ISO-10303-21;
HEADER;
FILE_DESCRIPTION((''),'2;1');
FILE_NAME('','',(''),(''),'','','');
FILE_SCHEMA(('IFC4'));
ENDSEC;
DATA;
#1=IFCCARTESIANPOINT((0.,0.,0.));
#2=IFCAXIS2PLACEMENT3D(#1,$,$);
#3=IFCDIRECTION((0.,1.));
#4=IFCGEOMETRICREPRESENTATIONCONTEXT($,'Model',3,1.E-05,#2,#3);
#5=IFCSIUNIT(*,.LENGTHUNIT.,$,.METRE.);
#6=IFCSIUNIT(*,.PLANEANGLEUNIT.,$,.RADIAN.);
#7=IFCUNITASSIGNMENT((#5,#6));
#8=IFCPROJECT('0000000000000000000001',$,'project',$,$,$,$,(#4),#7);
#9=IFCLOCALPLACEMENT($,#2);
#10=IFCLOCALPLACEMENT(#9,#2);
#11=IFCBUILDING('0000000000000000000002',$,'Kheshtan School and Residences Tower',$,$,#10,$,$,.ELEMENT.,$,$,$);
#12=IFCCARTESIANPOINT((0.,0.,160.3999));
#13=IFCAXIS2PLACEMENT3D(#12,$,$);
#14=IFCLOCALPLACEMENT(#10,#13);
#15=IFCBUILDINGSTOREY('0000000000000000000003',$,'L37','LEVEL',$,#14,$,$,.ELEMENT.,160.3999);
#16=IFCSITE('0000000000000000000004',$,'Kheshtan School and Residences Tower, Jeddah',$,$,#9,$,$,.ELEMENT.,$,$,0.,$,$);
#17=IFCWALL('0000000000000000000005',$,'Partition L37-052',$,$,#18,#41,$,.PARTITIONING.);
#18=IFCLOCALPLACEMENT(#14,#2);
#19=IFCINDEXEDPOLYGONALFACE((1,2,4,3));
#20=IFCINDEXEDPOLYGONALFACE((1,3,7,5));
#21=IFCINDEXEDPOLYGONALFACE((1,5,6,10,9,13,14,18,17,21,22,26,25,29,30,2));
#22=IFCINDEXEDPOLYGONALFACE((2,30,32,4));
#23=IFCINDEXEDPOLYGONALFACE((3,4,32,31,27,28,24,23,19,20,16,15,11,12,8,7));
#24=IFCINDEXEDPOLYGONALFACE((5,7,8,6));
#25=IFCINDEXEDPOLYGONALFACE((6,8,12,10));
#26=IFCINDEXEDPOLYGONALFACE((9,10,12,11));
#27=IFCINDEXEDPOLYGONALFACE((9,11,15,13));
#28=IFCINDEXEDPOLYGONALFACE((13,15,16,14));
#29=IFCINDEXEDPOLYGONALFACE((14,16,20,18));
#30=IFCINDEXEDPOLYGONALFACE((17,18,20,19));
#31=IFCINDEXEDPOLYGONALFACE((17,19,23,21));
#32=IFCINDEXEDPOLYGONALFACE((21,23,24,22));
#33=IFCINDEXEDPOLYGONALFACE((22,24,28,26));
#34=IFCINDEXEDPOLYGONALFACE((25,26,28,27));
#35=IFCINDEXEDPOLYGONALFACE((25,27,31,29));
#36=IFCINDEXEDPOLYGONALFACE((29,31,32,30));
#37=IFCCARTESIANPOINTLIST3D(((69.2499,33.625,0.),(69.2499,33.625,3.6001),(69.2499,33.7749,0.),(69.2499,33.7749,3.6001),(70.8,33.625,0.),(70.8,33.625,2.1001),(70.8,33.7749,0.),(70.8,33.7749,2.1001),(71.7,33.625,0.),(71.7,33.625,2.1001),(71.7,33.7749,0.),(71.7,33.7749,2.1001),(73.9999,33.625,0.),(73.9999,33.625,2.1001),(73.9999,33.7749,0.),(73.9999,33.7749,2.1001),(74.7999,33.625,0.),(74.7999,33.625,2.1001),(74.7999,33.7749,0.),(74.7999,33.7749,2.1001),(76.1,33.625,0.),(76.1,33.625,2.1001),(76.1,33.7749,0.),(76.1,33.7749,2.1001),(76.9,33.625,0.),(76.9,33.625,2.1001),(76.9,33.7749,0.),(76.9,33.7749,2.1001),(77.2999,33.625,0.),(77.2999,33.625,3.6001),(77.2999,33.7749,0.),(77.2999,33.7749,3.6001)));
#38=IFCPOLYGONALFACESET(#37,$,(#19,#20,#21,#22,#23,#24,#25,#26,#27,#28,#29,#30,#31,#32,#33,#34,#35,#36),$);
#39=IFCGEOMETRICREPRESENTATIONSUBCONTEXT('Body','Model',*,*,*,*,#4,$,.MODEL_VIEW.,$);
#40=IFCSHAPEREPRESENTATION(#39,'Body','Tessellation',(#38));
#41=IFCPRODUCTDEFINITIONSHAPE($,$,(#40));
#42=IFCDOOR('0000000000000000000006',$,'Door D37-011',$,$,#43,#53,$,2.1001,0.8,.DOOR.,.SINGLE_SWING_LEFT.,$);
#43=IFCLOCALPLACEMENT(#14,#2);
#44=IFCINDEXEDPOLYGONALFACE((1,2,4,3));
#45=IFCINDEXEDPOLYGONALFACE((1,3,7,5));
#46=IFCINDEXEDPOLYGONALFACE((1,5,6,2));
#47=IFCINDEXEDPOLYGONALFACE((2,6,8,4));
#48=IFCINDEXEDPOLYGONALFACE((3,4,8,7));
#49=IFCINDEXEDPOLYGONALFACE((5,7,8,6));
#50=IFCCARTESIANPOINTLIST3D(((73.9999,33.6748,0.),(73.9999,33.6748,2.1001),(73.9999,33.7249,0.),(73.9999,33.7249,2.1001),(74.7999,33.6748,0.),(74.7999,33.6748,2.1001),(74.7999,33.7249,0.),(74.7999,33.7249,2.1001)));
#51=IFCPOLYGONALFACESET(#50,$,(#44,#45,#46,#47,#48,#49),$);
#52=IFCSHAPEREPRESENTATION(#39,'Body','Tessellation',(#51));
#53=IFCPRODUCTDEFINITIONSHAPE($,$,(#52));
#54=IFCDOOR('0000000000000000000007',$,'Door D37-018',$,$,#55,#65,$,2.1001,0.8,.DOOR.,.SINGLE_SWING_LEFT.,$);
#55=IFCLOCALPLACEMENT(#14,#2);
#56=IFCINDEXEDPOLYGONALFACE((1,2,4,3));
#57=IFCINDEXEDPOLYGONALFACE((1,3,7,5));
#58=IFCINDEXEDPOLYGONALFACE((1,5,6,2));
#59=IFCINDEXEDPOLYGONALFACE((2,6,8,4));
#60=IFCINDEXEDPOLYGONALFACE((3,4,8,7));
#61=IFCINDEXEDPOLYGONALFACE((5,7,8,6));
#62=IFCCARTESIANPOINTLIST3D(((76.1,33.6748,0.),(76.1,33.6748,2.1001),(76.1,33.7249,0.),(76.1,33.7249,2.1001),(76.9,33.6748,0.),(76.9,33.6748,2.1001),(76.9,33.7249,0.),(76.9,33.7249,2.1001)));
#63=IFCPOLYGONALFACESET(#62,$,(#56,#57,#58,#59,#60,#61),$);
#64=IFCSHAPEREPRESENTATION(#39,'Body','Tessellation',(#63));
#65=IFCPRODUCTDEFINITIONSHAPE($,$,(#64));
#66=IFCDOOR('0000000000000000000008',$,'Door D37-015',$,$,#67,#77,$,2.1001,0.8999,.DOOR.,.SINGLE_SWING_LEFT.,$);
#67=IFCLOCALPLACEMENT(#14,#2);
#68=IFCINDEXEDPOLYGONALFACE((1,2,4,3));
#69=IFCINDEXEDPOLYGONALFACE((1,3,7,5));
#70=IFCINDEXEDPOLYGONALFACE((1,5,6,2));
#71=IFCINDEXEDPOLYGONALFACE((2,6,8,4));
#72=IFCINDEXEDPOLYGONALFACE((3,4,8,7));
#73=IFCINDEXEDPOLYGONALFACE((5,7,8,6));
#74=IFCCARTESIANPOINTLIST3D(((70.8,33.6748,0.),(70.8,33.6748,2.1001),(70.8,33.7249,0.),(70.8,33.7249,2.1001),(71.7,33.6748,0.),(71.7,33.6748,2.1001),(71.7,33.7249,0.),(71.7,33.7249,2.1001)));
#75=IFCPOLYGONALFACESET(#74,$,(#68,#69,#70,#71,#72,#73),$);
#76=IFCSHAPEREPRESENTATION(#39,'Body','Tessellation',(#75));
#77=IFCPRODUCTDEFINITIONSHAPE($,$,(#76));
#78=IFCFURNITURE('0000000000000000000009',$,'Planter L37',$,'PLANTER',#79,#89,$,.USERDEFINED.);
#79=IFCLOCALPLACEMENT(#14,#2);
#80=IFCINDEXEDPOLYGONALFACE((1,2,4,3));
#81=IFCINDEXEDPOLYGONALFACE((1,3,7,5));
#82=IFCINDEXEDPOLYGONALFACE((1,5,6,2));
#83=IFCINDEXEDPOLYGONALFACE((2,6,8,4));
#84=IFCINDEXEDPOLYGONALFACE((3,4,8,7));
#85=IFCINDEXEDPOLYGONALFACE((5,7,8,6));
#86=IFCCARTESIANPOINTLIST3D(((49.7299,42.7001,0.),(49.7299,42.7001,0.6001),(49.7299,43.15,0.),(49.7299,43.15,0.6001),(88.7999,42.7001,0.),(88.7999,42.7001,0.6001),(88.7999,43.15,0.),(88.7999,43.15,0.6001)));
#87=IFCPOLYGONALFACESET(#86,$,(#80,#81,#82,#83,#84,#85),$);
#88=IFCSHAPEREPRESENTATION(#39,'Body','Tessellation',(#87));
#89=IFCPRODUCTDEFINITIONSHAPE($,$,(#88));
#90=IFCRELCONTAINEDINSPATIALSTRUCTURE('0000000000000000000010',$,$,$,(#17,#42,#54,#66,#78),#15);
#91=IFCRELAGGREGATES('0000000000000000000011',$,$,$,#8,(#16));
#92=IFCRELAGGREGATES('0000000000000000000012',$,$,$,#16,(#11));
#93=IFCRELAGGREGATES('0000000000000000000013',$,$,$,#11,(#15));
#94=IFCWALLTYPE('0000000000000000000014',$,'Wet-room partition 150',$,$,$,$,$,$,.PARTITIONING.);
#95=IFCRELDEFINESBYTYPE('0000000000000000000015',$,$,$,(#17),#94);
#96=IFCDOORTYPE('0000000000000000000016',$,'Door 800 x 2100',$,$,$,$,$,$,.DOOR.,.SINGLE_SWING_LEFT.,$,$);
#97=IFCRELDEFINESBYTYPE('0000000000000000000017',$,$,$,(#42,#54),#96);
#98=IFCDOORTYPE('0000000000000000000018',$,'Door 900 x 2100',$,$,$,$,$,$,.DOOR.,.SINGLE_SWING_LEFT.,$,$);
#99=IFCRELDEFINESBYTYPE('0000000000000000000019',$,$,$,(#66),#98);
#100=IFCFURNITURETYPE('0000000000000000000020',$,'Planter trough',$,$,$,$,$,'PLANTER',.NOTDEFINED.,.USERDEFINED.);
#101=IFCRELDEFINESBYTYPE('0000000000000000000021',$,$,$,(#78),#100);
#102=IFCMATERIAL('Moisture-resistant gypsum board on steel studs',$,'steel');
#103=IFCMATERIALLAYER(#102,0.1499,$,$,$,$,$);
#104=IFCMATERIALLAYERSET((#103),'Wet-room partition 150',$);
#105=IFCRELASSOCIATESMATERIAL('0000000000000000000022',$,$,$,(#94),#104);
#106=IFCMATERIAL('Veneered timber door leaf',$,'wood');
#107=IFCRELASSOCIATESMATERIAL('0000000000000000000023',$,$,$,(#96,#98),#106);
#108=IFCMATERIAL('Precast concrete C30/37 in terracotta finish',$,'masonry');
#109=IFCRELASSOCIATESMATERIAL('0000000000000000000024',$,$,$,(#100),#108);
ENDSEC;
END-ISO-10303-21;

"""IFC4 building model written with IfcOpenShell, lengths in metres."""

from ifc_helpers import new_model, si_unit, direction, frame, frame_2d, origin, origin_2d, place, context, subcontext, project, spatial, rectangle, extrude, source, transform, mapped, material, layer, layer_set, type_object, element, fill, save


model = new_model("IFC4")

# Units and contexts
model_context = context("Model", 3, precision=1e-05, world=origin(), true_north=direction((0.0, 1.0)))
body_context = subcontext(model_context, "Body", "Model", "MODEL_VIEW")
ifc_project = project(units=[si_unit("LENGTHUNIT", "METRE"), si_unit("PLANEANGLEUNIT", "RADIAN")], contexts=[model_context])

# Site, building, storey
site_placement = place(None, origin())
site = spatial("IfcSite", under=ifc_project, at=site_placement, Name="Kheshtan School and Residences Tower, Jeddah", CompositionType="ELEMENT", RefElevation=0.0)
building_placement = place(site_placement, origin())
building = spatial("IfcBuilding", under=site, at=building_placement, Name="Kheshtan School and Residences Tower", CompositionType="ELEMENT")
storey_placement = place(building_placement, frame((0.0, 0.0, 160.3999)))
storey = spatial("IfcBuildingStorey", under=building, at=storey_placement, Name="L37", Description="LEVEL", CompositionType="ELEMENT", Elevation=160.3999)

# Shared definitions
ifc_material_1 = material(Name="Moisture-resistant gypsum board on steel studs", Category="steel")
ifc_layer_1 = layer(ifc_material_1, 0.1499)
ifc_layer_set_1 = layer_set([ifc_layer_1], Name="Wet-room partition 150")
wall_type_1 = type_object("IfcWallType", Name="Wet-room partition 150", PredefinedType="PARTITIONING", material=ifc_layer_set_1)

# Shared definitions
ifc_material_2 = material(Name="Veneered timber door leaf", Category="wood")
door_type_1 = type_object("IfcDoorType", Name="Door 800 x 2100", OperationType="SINGLE_SWING_LEFT", PredefinedType="DOOR", material=ifc_material_2)
shared_shape_1 = source(origin(), body_context, "Body", "SweptSolid", [
    extrude(rectangle(XDim=0.8, YDim=2.1001, at=frame_2d((0.3999, 1.05))), frame((0.0, 0.0249, 0.0), z_axis=(0.0, -1.0, 0.0), x_axis=(1.0, 0.0, 0.0)), (0.0, 0.0, 1.0), 0.05),
])

# Wall, openings, doors
door_type_2 = type_object("IfcDoorType", Name="Door 900 x 2100", OperationType="SINGLE_SWING_LEFT", PredefinedType="DOOR", material=ifc_material_2)
shared_shape_2 = source(origin(), body_context, "Body", "SweptSolid", [
    extrude(rectangle(XDim=0.8999, YDim=2.1001, at=frame_2d((0.45, 1.05))), frame((0.0, 0.0249, 0.0), z_axis=(0.0, -1.0, 0.0), x_axis=(1.0, 0.0, 0.0)), (0.0, 0.0, 1.0), 0.05),
])
wall_1_placement = place(storey_placement, frame((69.25, 33.7, 0.0), z_axis=(0.0, 0.0, 1.0), x_axis=(1.0, 0.0, 0.0)))
wall_1 = element("IfcWall", 1, at=wall_1_placement, inside=storey, type_object=wall_type_1, Name="Partition L37-052", PredefinedType="PARTITIONING", context=body_context, shape_type="SweptSolid", body=[
    extrude(rectangle(XDim=8.05, YDim=0.1499, at=frame_2d((4.0249, 0.0))), origin(), (0.0, 0.0, 1.0), 3.6001),
])
opening_1_placement = place(wall_1_placement, frame((4.75, 0.0, 0.0)))
opening_1 = element("IfcOpeningElement", 2, at=opening_1_placement, cuts=wall_1, PredefinedType="OPENING", context=body_context, shape_type="SweptSolid", body=[
    extrude(rectangle(XDim=0.8, YDim=2.1001, at=frame_2d((0.3999, 1.05))), frame((0.0, 0.085, 0.0), z_axis=(0.0, -1.0, 0.0), x_axis=(1.0, 0.0, 0.0)), (0.0, 0.0, 1.0), 0.1699),
])
opening_2_placement = place(wall_1_placement, frame((1.55, 0.0, 0.0)))
opening_2 = element("IfcOpeningElement", 3, at=opening_2_placement, cuts=wall_1, PredefinedType="OPENING", context=body_context, shape_type="SweptSolid", body=[
    extrude(rectangle(XDim=0.8999, YDim=2.1001, at=frame_2d((0.45, 1.05))), frame((0.0, 0.085, 0.0), z_axis=(0.0, -1.0, 0.0), x_axis=(1.0, 0.0, 0.0)), (0.0, 0.0, 1.0), 0.1699),
])
opening_3_placement = place(wall_1_placement, frame((6.8501, 0.0, 0.0)))
opening_3 = element("IfcOpeningElement", 4, at=opening_3_placement, cuts=wall_1, PredefinedType="OPENING", context=body_context, shape_type="SweptSolid", body=[
    extrude(rectangle(XDim=0.8, YDim=2.1001, at=frame_2d((0.3999, 1.05))), frame((0.0, 0.085, 0.0), z_axis=(0.0, -1.0, 0.0), x_axis=(1.0, 0.0, 0.0)), (0.0, 0.0, 1.0), 0.1699),
])
door_1_placement = place(opening_1_placement, origin())
door_1 = element("IfcDoor", 5, at=door_1_placement, inside=storey, type_object=door_type_1, Name="Door D37-011", OperationType="SINGLE_SWING_LEFT", OverallHeight=2.1001, OverallWidth=0.8, PredefinedType="DOOR", context=body_context, shape_type="MappedRepresentation", body=[
    mapped(shared_shape_1, transform((0.0, 0.0, 0.0), x_axis=(1.0, 0.0, 0.0), y_axis=(0.0, 1.0, 0.0), z_axis=(0.0, 0.0, 1.0), scale=1.0)),
])
fill(opening_1, door_1)
door_2_placement = place(opening_3_placement, origin())
door_2 = element("IfcDoor", 6, at=door_2_placement, inside=storey, type_object=door_type_1, Name="Door D37-018", OperationType="SINGLE_SWING_LEFT", OverallHeight=2.1001, OverallWidth=0.8, PredefinedType="DOOR", context=body_context, shape_type="MappedRepresentation", body=[
    mapped(shared_shape_1, transform((0.0, 0.0, 0.0), x_axis=(1.0, 0.0, 0.0), y_axis=(0.0, 1.0, 0.0), z_axis=(0.0, 0.0, 1.0), scale=1.0)),
])
fill(opening_3, door_2)
door_3_placement = place(opening_2_placement, origin())
door_3 = element("IfcDoor", 7, at=door_3_placement, inside=storey, type_object=door_type_2, Name="Door D37-015", OperationType="SINGLE_SWING_LEFT", OverallHeight=2.1001, OverallWidth=0.8999, PredefinedType="DOOR", context=body_context, shape_type="MappedRepresentation", body=[
    mapped(shared_shape_2, transform((0.0, 0.0, 0.0), x_axis=(1.0, 0.0, 0.0), y_axis=(0.0, 1.0, 0.0), z_axis=(0.0, 0.0, 1.0), scale=1.0)),
])
fill(opening_2, door_3)

# Furniture
ifc_material_3 = material(Name="Precast concrete C30/37 in terracotta finish", Category="masonry")
furniture_type = type_object("IfcFurnitureType", Name="Planter trough", ElementType="PLANTER", AssemblyPlace="NOTDEFINED", PredefinedType="USERDEFINED", material=ifc_material_3)
furniture_placement = place(storey_placement, frame((69.2649, 42.925, 0.0), z_axis=(0.0, 0.0, 1.0), x_axis=(1.0, 0.0, 0.0)))
element("IfcFurniture", 8, at=furniture_placement, inside=storey, type_object=furniture_type, Name="Planter L37", ObjectType="PLANTER", PredefinedType="USERDEFINED", context=body_context, shape_type="SweptSolid", body=[
    extrude(rectangle(XDim=39.0701, YDim=0.45, at=origin_2d()), origin(), (0.0, 0.0, 1.0), 0.6001),
])

save(model, "model.ifc")
